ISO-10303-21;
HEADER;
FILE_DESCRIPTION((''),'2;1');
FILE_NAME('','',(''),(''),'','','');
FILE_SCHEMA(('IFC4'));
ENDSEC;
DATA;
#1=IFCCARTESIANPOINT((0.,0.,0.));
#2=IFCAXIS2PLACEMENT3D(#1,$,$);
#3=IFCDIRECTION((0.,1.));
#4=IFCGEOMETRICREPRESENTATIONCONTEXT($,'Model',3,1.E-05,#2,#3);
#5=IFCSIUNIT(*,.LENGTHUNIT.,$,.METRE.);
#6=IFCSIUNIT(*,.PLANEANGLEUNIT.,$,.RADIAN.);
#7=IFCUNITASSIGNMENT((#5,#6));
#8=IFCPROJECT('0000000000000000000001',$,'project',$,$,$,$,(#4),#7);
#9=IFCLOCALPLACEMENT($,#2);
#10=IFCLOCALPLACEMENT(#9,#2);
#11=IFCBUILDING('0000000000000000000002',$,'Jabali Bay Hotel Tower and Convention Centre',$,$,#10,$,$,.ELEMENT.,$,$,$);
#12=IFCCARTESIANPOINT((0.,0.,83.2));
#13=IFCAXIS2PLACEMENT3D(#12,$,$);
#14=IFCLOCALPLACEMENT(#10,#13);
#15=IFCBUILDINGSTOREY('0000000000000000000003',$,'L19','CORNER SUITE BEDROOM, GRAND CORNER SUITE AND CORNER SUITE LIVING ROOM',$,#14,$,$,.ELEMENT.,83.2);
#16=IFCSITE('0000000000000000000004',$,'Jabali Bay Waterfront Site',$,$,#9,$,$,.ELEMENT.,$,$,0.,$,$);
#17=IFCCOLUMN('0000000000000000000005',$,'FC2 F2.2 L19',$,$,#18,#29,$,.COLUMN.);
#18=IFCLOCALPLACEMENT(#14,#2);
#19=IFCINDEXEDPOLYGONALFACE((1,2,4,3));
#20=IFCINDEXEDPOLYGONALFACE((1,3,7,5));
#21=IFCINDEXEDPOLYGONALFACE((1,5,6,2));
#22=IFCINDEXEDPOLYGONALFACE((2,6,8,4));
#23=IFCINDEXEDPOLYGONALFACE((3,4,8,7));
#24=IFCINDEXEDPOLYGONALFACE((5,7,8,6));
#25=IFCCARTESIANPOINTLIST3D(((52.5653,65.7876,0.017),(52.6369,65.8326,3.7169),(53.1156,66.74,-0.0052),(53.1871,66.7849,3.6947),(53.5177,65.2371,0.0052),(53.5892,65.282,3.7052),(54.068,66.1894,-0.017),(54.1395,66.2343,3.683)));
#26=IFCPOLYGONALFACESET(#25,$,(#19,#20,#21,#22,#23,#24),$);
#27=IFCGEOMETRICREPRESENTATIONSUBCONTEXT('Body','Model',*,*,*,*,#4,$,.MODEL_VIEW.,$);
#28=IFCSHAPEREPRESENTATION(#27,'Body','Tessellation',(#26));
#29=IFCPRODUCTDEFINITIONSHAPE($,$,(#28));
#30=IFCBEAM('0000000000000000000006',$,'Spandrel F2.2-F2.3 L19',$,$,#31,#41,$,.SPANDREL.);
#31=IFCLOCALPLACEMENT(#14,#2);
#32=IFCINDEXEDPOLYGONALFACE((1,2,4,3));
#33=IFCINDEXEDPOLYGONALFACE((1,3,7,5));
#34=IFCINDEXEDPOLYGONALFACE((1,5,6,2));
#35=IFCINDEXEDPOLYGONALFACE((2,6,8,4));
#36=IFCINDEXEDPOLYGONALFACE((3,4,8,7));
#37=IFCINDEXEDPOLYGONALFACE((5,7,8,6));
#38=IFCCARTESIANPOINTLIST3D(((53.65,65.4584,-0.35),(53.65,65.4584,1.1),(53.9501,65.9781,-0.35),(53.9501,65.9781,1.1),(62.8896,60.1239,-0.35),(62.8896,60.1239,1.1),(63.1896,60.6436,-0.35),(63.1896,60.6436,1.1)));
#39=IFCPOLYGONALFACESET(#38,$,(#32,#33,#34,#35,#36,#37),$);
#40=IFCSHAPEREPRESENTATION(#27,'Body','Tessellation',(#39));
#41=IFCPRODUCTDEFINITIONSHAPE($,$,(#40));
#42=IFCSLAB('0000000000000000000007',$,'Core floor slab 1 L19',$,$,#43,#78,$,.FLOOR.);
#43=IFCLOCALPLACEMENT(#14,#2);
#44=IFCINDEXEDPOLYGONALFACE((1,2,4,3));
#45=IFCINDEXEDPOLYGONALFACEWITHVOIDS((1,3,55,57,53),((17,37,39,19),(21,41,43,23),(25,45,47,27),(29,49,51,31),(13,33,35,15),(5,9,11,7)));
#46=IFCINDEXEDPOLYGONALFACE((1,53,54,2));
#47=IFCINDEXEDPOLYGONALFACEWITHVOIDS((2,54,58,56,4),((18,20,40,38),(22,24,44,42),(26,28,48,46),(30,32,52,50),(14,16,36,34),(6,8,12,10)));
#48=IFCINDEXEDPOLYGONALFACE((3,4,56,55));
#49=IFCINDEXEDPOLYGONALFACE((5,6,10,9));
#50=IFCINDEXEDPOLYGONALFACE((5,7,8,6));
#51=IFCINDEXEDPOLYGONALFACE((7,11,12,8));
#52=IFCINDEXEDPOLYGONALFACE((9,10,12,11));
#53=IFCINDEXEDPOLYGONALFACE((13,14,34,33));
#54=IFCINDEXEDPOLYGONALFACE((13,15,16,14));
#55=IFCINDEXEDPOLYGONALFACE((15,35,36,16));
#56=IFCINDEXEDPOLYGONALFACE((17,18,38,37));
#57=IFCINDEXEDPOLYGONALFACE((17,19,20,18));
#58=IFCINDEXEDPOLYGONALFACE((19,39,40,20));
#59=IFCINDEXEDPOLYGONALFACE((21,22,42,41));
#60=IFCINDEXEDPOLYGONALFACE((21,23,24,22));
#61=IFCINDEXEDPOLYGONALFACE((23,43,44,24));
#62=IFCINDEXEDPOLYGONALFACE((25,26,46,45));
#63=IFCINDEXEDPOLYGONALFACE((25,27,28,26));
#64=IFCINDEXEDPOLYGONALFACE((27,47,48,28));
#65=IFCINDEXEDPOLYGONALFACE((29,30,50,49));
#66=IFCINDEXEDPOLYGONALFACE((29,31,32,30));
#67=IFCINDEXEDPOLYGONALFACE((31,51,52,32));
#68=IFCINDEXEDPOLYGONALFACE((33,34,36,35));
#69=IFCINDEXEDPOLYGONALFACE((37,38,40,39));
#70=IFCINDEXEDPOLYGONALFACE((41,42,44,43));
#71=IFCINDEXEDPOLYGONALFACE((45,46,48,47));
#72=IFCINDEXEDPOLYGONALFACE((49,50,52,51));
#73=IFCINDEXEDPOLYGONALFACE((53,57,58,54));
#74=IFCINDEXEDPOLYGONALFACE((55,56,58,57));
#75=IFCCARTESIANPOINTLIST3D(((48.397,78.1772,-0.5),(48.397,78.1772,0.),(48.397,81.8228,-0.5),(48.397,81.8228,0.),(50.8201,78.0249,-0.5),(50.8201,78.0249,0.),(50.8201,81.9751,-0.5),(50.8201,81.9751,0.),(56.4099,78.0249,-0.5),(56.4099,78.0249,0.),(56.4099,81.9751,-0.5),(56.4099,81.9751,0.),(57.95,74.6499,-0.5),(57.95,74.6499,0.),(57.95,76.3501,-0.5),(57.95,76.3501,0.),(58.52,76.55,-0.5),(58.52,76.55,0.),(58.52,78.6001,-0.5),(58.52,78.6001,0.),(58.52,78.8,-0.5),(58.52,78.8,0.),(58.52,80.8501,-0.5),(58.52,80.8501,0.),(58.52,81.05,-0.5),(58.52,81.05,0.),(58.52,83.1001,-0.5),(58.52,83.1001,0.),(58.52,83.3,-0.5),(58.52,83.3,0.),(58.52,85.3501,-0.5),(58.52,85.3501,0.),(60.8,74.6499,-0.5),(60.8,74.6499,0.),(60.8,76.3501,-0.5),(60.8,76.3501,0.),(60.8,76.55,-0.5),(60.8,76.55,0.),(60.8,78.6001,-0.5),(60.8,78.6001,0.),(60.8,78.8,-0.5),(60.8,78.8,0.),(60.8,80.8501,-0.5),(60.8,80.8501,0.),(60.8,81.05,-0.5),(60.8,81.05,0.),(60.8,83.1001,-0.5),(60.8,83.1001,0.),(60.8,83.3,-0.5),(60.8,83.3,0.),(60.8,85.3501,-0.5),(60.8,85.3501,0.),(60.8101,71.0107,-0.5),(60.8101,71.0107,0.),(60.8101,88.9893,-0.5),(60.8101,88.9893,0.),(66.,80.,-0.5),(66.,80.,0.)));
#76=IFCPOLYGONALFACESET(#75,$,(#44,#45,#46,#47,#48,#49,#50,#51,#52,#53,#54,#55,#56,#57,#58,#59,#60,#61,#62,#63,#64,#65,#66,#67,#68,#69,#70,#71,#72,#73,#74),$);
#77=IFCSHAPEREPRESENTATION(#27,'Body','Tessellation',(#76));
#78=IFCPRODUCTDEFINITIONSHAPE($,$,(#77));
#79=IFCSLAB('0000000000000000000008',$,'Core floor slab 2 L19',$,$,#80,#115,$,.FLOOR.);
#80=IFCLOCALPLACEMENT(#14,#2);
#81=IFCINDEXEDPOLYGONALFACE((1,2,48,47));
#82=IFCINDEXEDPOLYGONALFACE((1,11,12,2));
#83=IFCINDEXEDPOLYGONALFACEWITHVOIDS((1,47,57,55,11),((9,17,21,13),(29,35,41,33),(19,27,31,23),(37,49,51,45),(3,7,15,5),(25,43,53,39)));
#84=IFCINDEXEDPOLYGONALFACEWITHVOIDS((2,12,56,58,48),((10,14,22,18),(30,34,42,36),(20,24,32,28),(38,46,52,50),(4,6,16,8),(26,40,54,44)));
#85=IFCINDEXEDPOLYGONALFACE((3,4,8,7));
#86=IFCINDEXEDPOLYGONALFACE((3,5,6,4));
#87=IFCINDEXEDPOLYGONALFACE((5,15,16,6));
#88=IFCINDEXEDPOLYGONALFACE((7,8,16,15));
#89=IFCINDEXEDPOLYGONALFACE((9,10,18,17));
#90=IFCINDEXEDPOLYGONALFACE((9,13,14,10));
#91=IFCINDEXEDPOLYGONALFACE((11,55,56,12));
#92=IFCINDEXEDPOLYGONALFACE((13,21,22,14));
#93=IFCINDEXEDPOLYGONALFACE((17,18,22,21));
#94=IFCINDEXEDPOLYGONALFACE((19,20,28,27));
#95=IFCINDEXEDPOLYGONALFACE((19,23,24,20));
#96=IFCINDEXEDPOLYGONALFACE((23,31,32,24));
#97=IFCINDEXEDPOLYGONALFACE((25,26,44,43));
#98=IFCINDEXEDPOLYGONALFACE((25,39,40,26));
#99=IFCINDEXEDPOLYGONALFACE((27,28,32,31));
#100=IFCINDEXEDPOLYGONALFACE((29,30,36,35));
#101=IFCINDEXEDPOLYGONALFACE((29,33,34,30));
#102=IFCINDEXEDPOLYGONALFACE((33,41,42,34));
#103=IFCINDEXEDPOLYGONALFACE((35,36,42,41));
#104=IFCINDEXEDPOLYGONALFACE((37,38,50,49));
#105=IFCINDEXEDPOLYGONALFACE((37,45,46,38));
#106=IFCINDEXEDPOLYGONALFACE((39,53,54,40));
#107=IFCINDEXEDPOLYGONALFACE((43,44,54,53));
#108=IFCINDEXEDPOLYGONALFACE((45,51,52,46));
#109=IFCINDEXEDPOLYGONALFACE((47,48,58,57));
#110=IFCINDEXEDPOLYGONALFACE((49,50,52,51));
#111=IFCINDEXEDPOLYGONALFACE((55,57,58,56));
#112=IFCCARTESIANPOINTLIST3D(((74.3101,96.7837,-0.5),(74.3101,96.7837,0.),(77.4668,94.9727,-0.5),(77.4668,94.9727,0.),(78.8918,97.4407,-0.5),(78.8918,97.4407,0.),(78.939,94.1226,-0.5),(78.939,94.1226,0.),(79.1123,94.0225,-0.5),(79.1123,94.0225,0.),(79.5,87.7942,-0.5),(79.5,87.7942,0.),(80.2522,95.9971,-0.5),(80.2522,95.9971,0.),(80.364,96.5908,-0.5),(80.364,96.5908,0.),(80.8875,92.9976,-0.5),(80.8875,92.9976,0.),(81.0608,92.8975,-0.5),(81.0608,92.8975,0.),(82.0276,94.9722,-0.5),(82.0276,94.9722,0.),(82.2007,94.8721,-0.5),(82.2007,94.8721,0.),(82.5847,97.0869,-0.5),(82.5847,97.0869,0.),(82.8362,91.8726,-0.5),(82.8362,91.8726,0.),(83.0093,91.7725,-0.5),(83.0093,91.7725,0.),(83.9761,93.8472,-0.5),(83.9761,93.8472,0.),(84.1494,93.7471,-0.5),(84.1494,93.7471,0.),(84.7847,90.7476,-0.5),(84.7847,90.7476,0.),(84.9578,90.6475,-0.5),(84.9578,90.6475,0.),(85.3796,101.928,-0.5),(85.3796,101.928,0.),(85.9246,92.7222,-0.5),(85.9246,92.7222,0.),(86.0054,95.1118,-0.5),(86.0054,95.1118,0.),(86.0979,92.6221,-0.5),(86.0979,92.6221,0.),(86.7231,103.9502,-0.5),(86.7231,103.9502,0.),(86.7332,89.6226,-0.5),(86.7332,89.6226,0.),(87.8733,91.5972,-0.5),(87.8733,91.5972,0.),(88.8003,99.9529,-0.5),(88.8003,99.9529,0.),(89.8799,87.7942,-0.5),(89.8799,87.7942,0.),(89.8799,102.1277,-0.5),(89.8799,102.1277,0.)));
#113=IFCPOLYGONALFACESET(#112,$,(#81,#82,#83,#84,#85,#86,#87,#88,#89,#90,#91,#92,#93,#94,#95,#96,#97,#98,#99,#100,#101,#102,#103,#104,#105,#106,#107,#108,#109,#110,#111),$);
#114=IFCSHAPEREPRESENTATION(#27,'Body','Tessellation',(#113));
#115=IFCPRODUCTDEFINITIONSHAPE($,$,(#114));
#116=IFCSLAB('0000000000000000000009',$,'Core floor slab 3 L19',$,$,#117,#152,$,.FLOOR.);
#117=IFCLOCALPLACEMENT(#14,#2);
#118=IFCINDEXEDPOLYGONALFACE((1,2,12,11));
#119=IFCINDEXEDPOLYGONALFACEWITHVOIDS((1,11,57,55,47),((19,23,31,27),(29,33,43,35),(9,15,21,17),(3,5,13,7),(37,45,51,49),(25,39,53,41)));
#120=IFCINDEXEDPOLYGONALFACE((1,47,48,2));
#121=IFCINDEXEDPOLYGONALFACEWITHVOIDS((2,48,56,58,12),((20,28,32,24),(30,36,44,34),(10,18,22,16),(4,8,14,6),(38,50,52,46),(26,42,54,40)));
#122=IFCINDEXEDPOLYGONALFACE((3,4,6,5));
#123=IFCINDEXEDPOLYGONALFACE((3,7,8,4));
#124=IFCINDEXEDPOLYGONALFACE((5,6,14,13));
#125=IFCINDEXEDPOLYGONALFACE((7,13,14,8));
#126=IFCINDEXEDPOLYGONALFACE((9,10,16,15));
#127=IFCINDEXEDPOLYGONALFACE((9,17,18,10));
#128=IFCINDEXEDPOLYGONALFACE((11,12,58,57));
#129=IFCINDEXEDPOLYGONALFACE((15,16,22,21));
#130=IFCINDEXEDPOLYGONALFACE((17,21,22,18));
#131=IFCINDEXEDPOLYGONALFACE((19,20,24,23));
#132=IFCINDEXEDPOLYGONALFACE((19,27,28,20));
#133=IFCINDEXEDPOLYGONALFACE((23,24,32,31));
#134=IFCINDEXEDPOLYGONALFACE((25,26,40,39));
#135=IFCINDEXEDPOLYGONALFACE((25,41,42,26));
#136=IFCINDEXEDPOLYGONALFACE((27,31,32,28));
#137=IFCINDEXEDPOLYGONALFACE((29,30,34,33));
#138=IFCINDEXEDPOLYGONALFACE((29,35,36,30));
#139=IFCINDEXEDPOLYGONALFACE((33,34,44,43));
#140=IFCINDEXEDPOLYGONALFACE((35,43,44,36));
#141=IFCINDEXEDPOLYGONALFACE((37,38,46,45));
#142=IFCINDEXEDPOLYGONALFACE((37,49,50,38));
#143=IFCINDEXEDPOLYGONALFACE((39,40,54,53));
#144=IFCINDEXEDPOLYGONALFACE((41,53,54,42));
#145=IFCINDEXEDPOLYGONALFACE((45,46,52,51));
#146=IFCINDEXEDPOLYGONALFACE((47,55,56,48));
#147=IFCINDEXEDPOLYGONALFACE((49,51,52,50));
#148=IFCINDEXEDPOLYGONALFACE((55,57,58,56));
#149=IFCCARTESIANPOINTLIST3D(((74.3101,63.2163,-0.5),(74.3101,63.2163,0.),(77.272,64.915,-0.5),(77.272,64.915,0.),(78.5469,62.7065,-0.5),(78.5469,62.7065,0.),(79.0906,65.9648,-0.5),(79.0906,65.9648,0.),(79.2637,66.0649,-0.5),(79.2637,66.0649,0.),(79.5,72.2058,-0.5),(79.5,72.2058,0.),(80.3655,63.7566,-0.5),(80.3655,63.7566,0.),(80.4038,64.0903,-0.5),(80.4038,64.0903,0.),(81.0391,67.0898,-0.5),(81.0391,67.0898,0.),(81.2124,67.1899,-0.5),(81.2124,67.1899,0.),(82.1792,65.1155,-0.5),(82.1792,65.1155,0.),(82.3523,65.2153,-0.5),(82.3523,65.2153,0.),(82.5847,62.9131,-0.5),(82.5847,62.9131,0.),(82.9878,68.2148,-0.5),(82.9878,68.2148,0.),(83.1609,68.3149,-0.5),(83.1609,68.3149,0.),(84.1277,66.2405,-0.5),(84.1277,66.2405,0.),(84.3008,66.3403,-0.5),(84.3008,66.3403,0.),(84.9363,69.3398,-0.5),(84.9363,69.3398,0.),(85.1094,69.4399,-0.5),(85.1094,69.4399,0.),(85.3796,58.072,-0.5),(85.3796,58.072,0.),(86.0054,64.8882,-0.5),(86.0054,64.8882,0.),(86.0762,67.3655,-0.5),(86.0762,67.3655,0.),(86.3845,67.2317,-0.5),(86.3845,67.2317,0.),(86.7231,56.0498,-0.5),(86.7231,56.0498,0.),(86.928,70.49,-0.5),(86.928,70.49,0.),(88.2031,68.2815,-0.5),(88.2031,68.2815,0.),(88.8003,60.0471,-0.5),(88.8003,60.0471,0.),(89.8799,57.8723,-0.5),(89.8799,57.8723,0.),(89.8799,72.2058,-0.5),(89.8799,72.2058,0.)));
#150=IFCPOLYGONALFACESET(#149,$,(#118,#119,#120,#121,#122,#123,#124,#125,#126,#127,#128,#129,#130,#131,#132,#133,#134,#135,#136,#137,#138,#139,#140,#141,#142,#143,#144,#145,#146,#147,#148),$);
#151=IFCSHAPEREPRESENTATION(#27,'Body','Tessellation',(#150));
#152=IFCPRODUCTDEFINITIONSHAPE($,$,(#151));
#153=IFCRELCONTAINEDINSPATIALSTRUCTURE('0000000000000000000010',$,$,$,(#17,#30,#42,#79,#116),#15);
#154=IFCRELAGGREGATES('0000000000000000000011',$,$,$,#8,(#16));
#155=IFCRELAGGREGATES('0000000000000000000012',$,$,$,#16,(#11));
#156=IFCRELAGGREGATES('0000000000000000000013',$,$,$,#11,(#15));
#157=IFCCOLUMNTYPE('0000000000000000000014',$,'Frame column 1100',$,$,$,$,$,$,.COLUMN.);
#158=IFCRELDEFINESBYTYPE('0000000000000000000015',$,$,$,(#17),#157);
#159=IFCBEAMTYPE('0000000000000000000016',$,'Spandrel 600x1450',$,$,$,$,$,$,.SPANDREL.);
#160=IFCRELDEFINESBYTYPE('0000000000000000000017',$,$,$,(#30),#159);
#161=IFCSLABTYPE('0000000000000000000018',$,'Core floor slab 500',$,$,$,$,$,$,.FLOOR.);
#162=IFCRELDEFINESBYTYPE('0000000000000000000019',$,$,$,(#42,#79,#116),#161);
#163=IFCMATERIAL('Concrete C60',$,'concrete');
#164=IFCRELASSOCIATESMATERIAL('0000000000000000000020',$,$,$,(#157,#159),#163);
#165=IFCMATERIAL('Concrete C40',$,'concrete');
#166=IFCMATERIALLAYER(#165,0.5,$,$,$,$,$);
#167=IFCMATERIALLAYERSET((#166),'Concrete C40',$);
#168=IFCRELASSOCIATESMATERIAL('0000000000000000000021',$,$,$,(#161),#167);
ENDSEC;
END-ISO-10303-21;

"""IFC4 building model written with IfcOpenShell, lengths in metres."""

from ifc_helpers import new_model, si_unit, direction, frame, origin, origin_2d, place, context, subcontext, project, spatial, polyline, rectangle, outline, extrude, material, layer, layer_set, material_profile, profile_set, type_object, element, save


model = new_model("IFC4")

# Units and contexts
model_context = context("Model", 3, precision=1e-05, world=origin(), true_north=direction((0.0, 1.0)))
body_context = subcontext(model_context, "Body", "Model", "MODEL_VIEW")
ifc_project = project(units=[si_unit("LENGTHUNIT", "METRE"), si_unit("PLANEANGLEUNIT", "RADIAN")], contexts=[model_context])

# Site, building, storey
site_placement = place(None, origin())
site = spatial("IfcSite", under=ifc_project, at=site_placement, Name="Jabali Bay Waterfront Site", CompositionType="ELEMENT", RefElevation=0.0)
building_placement = place(site_placement, origin())
building = spatial("IfcBuilding", under=site, at=building_placement, Name="Jabali Bay Hotel Tower and Convention Centre", CompositionType="ELEMENT")
storey_placement = place(building_placement, frame((0.0, 0.0, 83.2)))
storey = spatial("IfcBuildingStorey", under=building, at=storey_placement, Name="L19", Description="CORNER SUITE BEDROOM, GRAND CORNER SUITE AND CORNER SUITE LIVING ROOM", CompositionType="ELEMENT", Elevation=83.2)

# Column
ifc_material_1 = material(Name="Concrete C60", Category="concrete")
ifc_material_profile_1 = material_profile(ifc_material_1, rectangle(XDim=1.1001, YDim=1.1001, at=origin_2d()), Name="Frame column 1100")
ifc_profile_set_1 = profile_set([ifc_material_profile_1], Name="Concrete C60")
column_type = type_object("IfcColumnType", Name="Frame column 1100", PredefinedType="COLUMN", material=ifc_profile_set_1)
column_placement = place(storey_placement, frame((53.3167, 65.9885, 0.0), z_axis=(0.019329, 0.012138, 0.99974), x_axis=(-0.865694, 0.50046, 0.010661)))
element("IfcColumn", 1, at=column_placement, inside=storey, type_object=column_type, Name="FC2 F2.2 L19", PredefinedType="COLUMN", context=body_context, shape_type="SweptSolid", body=[
    extrude(rectangle(XDim=1.1001, YDim=1.1001, at=origin_2d()), origin(), (0.0, 0.0, 1.0), 3.7009),
])

# Beam
ifc_material_profile_2 = material_profile(ifc_material_1, rectangle(XDim=0.6001, YDim=1.45, at=origin_2d()), Name="Spandrel 600x1450")
ifc_profile_set_2 = profile_set([ifc_material_profile_2], Name="Concrete C60")
beam_type = type_object("IfcBeamType", Name="Spandrel 600x1450", PredefinedType="SPANDREL", material=ifc_profile_set_2)
beam_placement = place(storey_placement, frame((53.8, 65.7183, 0.375), z_axis=(0.866024, -0.500003, 0.0), x_axis=(0.500003, 0.866024, 0.0)))
element("IfcBeam", 2, at=beam_placement, inside=storey, type_object=beam_type, Name="Spandrel F2.2-F2.3 L19", PredefinedType="SPANDREL", context=body_context, shape_type="SweptSolid", body=[
    extrude(rectangle(XDim=0.6001, YDim=1.45, at=origin_2d()), origin(), (0.0, 0.0, 1.0), 10.6689),
])

# Slabs
ifc_material_2 = material(Name="Concrete C40", Category="concrete")
ifc_layer_1 = layer(ifc_material_2, 0.5)
ifc_layer_set_1 = layer_set([ifc_layer_1], Name="Concrete C40")
slab_type_1 = type_object("IfcSlabType", Name="Core floor slab 500", PredefinedType="FLOOR", material=ifc_layer_set_1)
slab_1_placement = place(storey_placement, frame((0.0, 0.0, -0.5)))
element("IfcSlab", 3, at=slab_1_placement, inside=storey, type_object=slab_type_1, Name="Core floor slab 1 L19", PredefinedType="FLOOR", context=body_context, shape_type="SweptSolid", body=[
    extrude(outline(polyline([(66.0, 80.0), (60.8101, 88.9893), (48.397, 81.8228), (48.397, 78.1772), (60.8101, 71.0107), (66.0, 80.0)]), holes=[polyline([(60.8, 74.6499), (60.8, 76.3501), (57.95, 76.3501), (57.95, 74.6499), (60.8, 74.6499)]), polyline([(58.52, 76.55), (60.8, 76.55), (60.8, 78.6001), (58.52, 78.6001), (58.52, 76.55)]), polyline([(58.52, 78.8), (60.8, 78.8), (60.8, 80.8501), (58.52, 80.8501), (58.52, 78.8)]), polyline([(56.4099, 81.9751), (50.8201, 81.9751), (50.8201, 78.0249), (56.4099, 78.0249), (56.4099, 81.9751)]), polyline([(58.52, 81.05), (60.8, 81.05), (60.8, 83.1001), (58.52, 83.1001), (58.52, 81.05)]), polyline([(58.52, 83.3), (60.8, 83.3), (60.8, 85.3501), (58.52, 85.3501), (58.52, 83.3)])]), origin(), (0.0, 0.0, 1.0), 0.5),
])
slab_2_placement = place(storey_placement, frame((0.0, 0.0, -0.5)))
element("IfcSlab", 4, at=slab_2_placement, inside=storey, type_object=slab_type_1, Name="Core floor slab 2 L19", PredefinedType="FLOOR", context=body_context, shape_type="SweptSolid", body=[
    extrude(outline(polyline([(79.5, 87.7942), (89.8799, 87.7942), (89.8799, 102.1277), (86.7231, 103.9502), (74.3101, 96.7837), (79.5, 87.7942)]), holes=[polyline([(84.9578, 90.6475), (86.7332, 89.6226), (87.8733, 91.5972), (86.0979, 92.6221), (84.9578, 90.6475)]), polyline([(84.1494, 93.7471), (83.0093, 91.7725), (84.7847, 90.7476), (85.9246, 92.7222), (84.1494, 93.7471)]), polyline([(82.2007, 94.8721), (81.0608, 92.8975), (82.8362, 91.8726), (83.9761, 93.8472), (82.2007, 94.8721)]), polyline([(79.1123, 94.0225), (80.8875, 92.9976), (82.0276, 94.9722), (80.2522, 95.9971), (79.1123, 94.0225)]), polyline([(78.8918, 97.4407), (77.4668, 94.9727), (78.939, 94.1226), (80.364, 96.5908), (78.8918, 97.4407)]), polyline([(82.5847, 97.0869), (86.0054, 95.1118), (88.8003, 99.9529), (85.3796, 101.928), (82.5847, 97.0869)])]), origin(), (0.0, 0.0, 1.0), 0.5),
])
slab_3_placement = place(storey_placement, frame((0.0, 0.0, -0.5)))
element("IfcSlab", 5, at=slab_3_placement, inside=storey, type_object=slab_type_1, Name="Core floor slab 3 L19", PredefinedType="FLOOR", context=body_context, shape_type="SweptSolid", body=[
    extrude(outline(polyline([(79.5, 72.2058), (74.3101, 63.2163), (86.7231, 56.0498), (89.8799, 57.8723), (89.8799, 72.2058), (79.5, 72.2058)]), holes=[polyline([(82.5847, 62.9131), (85.3796, 58.072), (88.8003, 60.0471), (86.0054, 64.8882), (82.5847, 62.9131)]), polyline([(80.3655, 63.7566), (79.0906, 65.9648), (77.272, 64.915), (78.5469, 62.7065), (80.3655, 63.7566)]), polyline([(82.1792, 65.1155), (81.0391, 67.0898), (79.2637, 66.0649), (80.4038, 64.0903), (82.1792, 65.1155)]), polyline([(82.9878, 68.2148), (81.2124, 67.1899), (82.3523, 65.2153), (84.1277, 66.2405), (82.9878, 68.2148)]), polyline([(86.0762, 67.3655), (84.9363, 69.3398), (83.1609, 68.3149), (84.3008, 66.3403), (86.0762, 67.3655)]), polyline([(88.2031, 68.2815), (86.928, 70.49), (85.1094, 69.4399), (86.3845, 67.2317), (88.2031, 68.2815)])]), origin(), (0.0, 0.0, 1.0), 0.5),
])

save(model, "model.ifc")
